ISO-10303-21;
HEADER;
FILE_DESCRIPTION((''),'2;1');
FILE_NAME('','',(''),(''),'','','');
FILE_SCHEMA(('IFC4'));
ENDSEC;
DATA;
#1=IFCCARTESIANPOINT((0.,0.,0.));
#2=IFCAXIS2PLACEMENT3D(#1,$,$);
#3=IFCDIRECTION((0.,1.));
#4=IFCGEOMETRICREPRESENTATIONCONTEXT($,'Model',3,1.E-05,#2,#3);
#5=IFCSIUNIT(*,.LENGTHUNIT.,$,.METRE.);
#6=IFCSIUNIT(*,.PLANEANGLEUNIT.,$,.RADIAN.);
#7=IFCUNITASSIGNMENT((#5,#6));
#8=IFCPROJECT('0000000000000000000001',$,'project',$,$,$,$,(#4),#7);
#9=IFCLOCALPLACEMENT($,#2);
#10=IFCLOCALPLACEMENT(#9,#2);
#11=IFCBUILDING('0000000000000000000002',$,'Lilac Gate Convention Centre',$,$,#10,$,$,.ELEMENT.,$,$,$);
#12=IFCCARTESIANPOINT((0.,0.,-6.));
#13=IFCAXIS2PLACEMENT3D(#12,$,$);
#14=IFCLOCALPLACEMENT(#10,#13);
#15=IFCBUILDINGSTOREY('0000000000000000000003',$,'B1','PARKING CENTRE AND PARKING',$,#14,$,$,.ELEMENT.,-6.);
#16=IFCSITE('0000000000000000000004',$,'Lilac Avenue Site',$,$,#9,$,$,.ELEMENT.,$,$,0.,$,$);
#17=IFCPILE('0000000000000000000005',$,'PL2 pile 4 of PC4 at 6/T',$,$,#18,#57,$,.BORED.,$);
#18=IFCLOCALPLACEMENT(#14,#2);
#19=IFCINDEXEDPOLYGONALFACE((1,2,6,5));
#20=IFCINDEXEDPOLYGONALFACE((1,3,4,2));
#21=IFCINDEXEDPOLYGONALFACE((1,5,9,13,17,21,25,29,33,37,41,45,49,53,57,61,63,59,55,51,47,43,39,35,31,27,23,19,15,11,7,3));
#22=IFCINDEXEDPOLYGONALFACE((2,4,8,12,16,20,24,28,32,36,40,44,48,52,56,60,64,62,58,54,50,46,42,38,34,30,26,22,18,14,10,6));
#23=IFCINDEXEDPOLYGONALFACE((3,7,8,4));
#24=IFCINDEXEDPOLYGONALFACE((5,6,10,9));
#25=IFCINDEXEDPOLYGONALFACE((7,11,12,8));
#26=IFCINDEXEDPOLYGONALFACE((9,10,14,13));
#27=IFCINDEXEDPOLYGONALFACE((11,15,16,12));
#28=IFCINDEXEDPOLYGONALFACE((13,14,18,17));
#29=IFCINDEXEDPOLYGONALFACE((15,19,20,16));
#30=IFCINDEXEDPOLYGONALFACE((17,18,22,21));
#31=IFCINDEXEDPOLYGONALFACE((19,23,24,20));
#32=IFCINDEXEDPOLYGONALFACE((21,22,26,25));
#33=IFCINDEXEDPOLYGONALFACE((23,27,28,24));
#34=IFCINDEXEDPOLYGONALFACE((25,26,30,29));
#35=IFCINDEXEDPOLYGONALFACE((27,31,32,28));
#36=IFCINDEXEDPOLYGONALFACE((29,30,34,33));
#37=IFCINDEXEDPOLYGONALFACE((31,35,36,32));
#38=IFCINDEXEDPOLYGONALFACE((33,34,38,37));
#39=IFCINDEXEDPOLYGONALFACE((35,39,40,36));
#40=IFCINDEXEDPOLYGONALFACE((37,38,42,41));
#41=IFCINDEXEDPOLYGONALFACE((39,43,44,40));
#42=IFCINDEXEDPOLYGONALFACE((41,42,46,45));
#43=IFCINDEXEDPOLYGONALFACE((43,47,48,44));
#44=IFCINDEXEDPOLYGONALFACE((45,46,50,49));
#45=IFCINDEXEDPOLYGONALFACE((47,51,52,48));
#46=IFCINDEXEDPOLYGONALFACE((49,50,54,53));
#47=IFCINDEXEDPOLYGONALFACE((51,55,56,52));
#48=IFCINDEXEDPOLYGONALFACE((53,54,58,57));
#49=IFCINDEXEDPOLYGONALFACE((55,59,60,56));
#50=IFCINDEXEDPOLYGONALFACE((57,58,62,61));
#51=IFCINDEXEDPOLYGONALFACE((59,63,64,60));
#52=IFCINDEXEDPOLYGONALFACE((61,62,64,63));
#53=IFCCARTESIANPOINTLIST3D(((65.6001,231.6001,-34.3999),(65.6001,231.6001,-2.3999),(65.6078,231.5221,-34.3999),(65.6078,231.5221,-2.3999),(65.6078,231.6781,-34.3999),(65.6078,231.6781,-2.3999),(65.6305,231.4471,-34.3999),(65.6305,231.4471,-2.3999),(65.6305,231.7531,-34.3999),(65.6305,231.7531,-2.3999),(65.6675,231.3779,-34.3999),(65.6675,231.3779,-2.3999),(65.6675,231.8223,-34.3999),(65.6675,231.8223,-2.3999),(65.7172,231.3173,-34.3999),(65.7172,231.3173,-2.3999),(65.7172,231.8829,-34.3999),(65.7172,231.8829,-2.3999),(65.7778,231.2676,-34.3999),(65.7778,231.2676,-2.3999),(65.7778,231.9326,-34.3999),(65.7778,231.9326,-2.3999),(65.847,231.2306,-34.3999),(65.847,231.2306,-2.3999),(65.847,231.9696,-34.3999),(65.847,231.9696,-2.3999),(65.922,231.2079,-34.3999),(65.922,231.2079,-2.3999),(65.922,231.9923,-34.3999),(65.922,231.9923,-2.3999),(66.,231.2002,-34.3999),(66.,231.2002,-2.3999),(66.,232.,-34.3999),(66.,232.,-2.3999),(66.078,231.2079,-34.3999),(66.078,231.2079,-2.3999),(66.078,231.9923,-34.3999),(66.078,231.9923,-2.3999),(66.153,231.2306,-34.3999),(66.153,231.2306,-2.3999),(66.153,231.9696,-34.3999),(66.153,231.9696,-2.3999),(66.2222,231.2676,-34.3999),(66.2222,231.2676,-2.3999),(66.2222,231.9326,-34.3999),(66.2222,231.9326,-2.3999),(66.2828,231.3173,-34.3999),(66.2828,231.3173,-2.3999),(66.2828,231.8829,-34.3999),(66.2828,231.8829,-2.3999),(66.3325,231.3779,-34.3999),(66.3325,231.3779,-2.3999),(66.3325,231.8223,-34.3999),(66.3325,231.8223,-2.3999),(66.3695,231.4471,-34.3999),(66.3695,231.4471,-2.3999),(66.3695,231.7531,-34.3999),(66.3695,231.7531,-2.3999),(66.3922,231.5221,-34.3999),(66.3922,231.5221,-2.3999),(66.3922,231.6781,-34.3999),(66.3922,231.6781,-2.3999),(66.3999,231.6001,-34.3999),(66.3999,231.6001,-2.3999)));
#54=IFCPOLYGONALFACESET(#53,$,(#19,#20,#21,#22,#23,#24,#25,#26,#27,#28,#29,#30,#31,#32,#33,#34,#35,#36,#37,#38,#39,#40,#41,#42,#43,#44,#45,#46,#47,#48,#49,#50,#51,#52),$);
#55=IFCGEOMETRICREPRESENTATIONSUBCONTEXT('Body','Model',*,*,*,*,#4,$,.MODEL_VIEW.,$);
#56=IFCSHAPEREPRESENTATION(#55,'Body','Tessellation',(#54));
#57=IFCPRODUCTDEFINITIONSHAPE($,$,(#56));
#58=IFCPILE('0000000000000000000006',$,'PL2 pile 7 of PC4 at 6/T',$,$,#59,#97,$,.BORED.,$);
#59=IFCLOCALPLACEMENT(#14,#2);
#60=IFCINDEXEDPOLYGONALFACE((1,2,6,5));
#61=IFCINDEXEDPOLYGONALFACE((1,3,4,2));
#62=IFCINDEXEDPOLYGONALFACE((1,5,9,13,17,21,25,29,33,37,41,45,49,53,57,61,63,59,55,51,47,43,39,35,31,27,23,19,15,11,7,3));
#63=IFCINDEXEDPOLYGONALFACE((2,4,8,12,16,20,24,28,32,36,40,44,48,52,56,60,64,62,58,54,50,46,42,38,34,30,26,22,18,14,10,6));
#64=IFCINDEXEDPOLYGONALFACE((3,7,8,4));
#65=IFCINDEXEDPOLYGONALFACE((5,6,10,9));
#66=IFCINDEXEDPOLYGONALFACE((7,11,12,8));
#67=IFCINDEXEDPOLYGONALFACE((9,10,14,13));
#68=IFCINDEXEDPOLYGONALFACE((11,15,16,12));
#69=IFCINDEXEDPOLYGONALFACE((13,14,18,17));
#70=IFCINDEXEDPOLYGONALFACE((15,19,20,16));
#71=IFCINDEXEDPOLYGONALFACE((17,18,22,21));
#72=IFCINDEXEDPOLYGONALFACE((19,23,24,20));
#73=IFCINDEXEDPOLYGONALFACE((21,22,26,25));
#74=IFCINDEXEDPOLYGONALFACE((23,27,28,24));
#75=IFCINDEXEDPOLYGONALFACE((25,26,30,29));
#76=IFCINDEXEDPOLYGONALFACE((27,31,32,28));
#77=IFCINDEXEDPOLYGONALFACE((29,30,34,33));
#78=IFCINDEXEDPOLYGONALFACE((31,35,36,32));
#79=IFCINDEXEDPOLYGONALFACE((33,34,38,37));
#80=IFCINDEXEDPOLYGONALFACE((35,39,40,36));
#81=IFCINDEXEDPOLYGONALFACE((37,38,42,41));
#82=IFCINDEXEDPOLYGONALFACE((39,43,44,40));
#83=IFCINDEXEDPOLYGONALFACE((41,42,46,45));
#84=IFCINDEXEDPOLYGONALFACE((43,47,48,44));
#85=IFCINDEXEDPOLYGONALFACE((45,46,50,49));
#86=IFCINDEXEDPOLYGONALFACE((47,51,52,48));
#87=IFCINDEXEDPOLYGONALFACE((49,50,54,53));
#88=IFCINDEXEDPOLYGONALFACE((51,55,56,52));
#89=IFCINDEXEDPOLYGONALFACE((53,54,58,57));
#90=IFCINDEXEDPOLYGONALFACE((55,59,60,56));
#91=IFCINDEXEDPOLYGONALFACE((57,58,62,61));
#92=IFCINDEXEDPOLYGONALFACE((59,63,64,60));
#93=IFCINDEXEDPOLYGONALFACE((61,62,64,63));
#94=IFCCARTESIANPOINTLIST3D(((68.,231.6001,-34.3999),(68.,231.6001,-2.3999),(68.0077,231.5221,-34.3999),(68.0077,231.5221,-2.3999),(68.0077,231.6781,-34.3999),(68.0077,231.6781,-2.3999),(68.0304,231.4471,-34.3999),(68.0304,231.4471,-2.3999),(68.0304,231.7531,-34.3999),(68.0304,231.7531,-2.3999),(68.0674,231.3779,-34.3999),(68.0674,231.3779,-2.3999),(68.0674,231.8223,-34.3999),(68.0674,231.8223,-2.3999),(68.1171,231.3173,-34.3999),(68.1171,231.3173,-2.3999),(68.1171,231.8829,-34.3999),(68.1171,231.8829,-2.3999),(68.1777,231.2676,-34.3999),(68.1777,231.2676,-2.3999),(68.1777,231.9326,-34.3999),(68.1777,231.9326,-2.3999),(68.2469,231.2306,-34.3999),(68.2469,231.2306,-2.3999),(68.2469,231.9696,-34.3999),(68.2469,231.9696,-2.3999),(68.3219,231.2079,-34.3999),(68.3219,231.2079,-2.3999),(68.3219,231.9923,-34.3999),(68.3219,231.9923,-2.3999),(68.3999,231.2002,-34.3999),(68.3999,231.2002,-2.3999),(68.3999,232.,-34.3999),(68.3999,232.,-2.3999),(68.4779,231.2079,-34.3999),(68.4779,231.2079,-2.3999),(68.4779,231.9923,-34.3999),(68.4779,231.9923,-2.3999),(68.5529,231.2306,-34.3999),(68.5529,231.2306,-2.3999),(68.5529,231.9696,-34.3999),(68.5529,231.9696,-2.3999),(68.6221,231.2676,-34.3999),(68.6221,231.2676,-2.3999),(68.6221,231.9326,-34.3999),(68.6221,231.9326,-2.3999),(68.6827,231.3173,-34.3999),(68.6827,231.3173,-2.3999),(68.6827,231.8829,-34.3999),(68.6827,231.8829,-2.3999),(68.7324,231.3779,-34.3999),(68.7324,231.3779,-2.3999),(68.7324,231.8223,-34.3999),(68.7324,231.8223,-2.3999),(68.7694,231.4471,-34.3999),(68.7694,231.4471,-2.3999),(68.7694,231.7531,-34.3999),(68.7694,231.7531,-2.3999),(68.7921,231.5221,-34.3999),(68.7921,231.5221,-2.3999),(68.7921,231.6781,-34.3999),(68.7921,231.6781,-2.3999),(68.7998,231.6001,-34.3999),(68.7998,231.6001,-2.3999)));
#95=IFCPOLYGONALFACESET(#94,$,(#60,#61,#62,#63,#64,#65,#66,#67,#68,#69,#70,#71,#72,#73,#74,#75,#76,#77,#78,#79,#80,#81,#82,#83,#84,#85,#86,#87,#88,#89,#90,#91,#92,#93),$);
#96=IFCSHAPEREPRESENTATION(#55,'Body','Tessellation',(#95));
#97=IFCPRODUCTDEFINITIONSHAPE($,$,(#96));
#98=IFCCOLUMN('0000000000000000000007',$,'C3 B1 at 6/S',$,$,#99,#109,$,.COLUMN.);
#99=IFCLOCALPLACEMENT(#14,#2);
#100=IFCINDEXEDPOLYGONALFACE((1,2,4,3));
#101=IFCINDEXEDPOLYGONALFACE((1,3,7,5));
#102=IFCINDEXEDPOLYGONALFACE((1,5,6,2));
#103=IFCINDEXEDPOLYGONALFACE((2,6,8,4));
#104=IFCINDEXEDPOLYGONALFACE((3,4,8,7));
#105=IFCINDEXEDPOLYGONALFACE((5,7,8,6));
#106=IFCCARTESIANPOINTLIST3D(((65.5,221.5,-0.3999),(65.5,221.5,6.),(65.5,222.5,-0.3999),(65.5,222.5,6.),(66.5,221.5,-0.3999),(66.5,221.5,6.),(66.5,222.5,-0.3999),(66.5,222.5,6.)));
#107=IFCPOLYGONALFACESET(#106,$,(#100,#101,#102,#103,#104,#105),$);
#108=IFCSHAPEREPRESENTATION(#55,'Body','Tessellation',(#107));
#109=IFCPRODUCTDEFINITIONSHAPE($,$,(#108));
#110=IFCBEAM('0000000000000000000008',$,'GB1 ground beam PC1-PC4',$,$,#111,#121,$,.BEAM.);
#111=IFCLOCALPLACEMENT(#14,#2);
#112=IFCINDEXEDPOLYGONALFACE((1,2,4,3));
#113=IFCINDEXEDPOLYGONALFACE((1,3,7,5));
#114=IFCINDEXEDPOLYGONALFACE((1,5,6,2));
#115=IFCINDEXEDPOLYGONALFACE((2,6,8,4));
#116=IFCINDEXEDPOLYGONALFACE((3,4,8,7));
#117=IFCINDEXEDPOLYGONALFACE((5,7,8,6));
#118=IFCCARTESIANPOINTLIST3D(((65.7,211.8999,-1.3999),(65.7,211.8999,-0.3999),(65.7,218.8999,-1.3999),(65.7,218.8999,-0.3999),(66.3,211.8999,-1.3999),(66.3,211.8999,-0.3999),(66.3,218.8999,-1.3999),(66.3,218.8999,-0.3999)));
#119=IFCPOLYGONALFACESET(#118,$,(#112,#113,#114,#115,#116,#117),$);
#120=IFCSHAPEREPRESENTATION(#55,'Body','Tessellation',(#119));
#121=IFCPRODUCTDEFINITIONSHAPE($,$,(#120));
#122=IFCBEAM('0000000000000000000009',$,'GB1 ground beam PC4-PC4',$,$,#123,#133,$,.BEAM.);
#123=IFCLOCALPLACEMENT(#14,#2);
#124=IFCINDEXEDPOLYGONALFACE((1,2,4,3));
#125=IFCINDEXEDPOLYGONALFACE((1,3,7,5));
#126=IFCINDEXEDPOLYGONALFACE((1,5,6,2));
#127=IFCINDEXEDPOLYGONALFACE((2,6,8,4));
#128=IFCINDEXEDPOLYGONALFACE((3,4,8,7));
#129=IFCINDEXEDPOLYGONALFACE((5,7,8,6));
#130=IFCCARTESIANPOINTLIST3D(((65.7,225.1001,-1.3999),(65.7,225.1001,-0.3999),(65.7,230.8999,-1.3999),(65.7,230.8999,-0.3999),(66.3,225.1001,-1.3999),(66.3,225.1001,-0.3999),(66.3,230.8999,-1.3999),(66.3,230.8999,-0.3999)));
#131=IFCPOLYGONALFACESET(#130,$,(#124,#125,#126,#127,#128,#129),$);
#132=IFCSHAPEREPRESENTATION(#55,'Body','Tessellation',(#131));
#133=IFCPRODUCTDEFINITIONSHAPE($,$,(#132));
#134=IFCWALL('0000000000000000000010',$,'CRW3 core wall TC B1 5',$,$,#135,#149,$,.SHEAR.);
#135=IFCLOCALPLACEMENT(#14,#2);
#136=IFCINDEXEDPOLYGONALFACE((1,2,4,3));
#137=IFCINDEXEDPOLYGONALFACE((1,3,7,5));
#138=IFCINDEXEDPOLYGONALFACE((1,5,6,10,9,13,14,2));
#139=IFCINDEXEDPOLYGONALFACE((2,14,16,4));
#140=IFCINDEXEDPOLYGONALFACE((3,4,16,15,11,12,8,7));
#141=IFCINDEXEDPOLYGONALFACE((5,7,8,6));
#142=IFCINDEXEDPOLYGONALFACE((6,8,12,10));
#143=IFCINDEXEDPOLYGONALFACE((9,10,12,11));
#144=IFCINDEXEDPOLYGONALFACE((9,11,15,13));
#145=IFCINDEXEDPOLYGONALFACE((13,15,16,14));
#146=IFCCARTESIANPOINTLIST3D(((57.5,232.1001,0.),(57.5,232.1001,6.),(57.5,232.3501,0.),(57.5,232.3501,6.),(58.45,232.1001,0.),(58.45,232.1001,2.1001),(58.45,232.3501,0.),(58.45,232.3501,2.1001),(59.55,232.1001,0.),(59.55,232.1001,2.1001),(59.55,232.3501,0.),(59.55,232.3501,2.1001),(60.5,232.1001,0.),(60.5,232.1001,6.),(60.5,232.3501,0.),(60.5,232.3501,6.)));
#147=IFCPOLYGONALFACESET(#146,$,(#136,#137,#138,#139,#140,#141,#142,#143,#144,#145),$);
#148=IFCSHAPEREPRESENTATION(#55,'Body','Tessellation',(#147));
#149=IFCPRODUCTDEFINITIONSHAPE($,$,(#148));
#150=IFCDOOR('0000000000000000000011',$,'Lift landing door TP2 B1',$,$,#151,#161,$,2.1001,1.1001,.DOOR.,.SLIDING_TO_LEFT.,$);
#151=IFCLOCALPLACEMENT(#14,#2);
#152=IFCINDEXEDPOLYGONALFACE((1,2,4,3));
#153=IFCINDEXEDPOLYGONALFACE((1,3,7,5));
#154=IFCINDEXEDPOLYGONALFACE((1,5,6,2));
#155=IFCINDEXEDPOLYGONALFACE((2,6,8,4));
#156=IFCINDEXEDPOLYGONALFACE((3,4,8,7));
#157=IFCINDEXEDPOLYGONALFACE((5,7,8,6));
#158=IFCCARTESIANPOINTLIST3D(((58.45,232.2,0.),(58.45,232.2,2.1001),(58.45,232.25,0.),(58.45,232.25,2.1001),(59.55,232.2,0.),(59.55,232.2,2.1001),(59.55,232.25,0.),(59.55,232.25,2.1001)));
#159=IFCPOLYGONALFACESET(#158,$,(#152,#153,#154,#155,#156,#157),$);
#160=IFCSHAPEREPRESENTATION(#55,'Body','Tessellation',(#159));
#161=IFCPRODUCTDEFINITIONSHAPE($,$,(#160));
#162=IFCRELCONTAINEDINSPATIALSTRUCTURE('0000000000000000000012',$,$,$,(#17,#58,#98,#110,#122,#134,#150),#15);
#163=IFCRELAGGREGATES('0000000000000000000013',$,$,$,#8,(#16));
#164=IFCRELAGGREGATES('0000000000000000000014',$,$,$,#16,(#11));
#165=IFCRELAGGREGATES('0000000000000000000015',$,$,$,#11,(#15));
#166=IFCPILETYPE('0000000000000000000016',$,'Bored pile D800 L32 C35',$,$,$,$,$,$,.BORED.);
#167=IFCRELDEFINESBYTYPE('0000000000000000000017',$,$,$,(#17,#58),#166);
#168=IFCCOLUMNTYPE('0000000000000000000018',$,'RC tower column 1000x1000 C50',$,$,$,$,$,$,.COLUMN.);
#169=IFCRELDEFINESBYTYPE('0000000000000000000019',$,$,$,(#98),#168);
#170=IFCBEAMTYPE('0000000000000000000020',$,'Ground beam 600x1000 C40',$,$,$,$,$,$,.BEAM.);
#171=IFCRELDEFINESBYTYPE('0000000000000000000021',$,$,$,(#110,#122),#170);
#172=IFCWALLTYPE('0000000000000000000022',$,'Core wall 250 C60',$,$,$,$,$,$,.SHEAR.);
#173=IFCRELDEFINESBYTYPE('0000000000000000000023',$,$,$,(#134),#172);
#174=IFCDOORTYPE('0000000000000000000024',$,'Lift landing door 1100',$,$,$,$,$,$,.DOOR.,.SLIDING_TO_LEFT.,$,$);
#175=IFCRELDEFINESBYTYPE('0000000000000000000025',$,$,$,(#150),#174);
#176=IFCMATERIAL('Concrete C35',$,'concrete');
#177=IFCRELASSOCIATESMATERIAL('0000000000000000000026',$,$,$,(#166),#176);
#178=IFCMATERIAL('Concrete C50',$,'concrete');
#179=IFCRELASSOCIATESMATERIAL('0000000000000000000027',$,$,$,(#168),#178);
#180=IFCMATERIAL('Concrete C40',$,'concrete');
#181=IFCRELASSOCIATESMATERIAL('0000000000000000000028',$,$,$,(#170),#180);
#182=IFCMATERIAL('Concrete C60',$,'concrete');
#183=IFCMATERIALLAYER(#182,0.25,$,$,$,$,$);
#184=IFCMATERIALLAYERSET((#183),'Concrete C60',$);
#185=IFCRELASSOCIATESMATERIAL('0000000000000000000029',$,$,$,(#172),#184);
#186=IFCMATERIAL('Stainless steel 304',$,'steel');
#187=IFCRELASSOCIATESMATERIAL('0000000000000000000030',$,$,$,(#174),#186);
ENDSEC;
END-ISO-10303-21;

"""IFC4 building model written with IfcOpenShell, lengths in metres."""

from ifc_helpers import new_model, si_unit, direction, frame, frame_2d, origin, origin_2d, place, context, subcontext, project, spatial, rectangle, circle, extrude, material, layer, layer_set, material_profile, profile_set, type_object, element, fill, save


model = new_model("IFC4")

# Units and contexts
model_context = context("Model", 3, precision=1e-05, world=origin(), true_north=direction((0.0, 1.0)))
body_context = subcontext(model_context, "Body", "Model", "MODEL_VIEW")
ifc_project = project(units=[si_unit("LENGTHUNIT", "METRE"), si_unit("PLANEANGLEUNIT", "RADIAN")], contexts=[model_context])

# Site, building, storey
site_placement = place(None, origin())
site = spatial("IfcSite", under=ifc_project, at=site_placement, Name="Lilac Avenue Site", CompositionType="ELEMENT", RefElevation=0.0)
building_placement = place(site_placement, origin())
building = spatial("IfcBuilding", under=site, at=building_placement, Name="Lilac Gate Convention Centre", CompositionType="ELEMENT")
storey_placement = place(building_placement, frame((0.0, 0.0, -6.0)))
storey = spatial("IfcBuildingStorey", under=building, at=storey_placement, Name="B1", Description="PARKING CENTRE AND PARKING", CompositionType="ELEMENT", Elevation=-6.0)

# Piles
ifc_material_1 = material(Name="Concrete C35", Category="concrete")
ifc_material_profile_1 = material_profile(ifc_material_1, circle(Radius=0.3999, at=origin_2d()), Name="D800")
ifc_profile_set_1 = profile_set([ifc_material_profile_1], Name="Concrete C35")
pile_type = type_object("IfcPileType", Name="Bored pile D800 L32 C35", PredefinedType="BORED", material=ifc_profile_set_1)
for number, where, z_axis, x_axis, name in (
    (1, (66.0, 231.6001, -2.3999), (0.0, 0.0, -1.0), (1.0, 0.0, 0.0), "PL2 pile 4 of PC4 at 6/T"),
    (2, (68.3999, 231.6001, -2.3999), (0.0, 0.0, -1.0), (1.0, 0.0, 0.0), "PL2 pile 7 of PC4 at 6/T"),
):
    element("IfcPile", number, at=place(storey_placement, frame(where, z_axis=z_axis, x_axis=x_axis)), inside=storey, type_object=pile_type, Name=name, PredefinedType="BORED", context=body_context, shape_type="SweptSolid", body=[
        extrude(circle(Radius=0.3999, at=origin_2d()), origin(), (0.0, 0.0, 1.0), 32.0),
    ])

# Column
ifc_material_2 = material(Name="Concrete C50", Category="concrete")
ifc_material_profile_2 = material_profile(ifc_material_2, rectangle(XDim=1.0, YDim=1.0, at=origin_2d()), Name="RC 1000x1000")
ifc_profile_set_2 = profile_set([ifc_material_profile_2], Name="Concrete C50")
column_type = type_object("IfcColumnType", Name="RC tower column 1000x1000 C50", PredefinedType="COLUMN", material=ifc_profile_set_2)
column_placement = place(storey_placement, frame((66.0, 222.0, -0.3999), z_axis=(0.0, 0.0, 1.0), x_axis=(1.0, 0.0, 0.0)))
element("IfcColumn", 3, at=column_placement, inside=storey, type_object=column_type, Name="C3 B1 at 6/S", PredefinedType="COLUMN", context=body_context, shape_type="SweptSolid", body=[
    extrude(rectangle(XDim=1.0, YDim=1.0, at=origin_2d()), origin(), (0.0, 0.0, 1.0), 6.3999),
])

# Beams
ifc_material_3 = material(Name="Concrete C40", Category="concrete")
ifc_material_profile_3 = material_profile(ifc_material_3, rectangle(XDim=0.6001, YDim=1.0, at=origin_2d()), Name="RC 600x1000")
ifc_profile_set_3 = profile_set([ifc_material_profile_3], Name="Concrete C40")
beam_type = type_object("IfcBeamType", Name="Ground beam 600x1000 C40", PredefinedType="BEAM", material=ifc_profile_set_3)
beam_1_placement = place(storey_placement, frame((66.0, 211.8999, -0.8999), z_axis=(0.0, 1.0, 0.0), x_axis=(-1.0, 0.0, 0.0)))
element("IfcBeam", 4, at=beam_1_placement, inside=storey, type_object=beam_type, Name="GB1 ground beam PC1-PC4", PredefinedType="BEAM", context=body_context, shape_type="SweptSolid", body=[
    extrude(rectangle(XDim=0.6001, YDim=1.0, at=origin_2d()), origin(), (0.0, 0.0, 1.0), 7.0),
])
beam_2_placement = place(storey_placement, frame((66.0, 225.1001, -0.8999), z_axis=(0.0, 1.0, 0.0), x_axis=(-1.0, 0.0, 0.0)))
element("IfcBeam", 5, at=beam_2_placement, inside=storey, type_object=beam_type, Name="GB1 ground beam PC4-PC4", PredefinedType="BEAM", context=body_context, shape_type="SweptSolid", body=[
    extrude(rectangle(XDim=0.6001, YDim=1.0, at=origin_2d()), origin(), (0.0, 0.0, 1.0), 5.7998),
])

# Wall, opening, door
ifc_material_4 = material(Name="Concrete C60", Category="concrete")
ifc_layer_1 = layer(ifc_material_4, 0.25)
ifc_layer_set_1 = layer_set([ifc_layer_1], Name="Concrete C60")
wall_type_1 = type_object("IfcWallType", Name="Core wall 250 C60", PredefinedType="SHEAR", material=ifc_layer_set_1)
wall_1_placement = place(storey_placement, frame((57.5, 232.2251, 0.0), z_axis=(0.0, 0.0, 1.0), x_axis=(1.0, 0.0, 0.0)))
wall_1 = element("IfcWall", 6, at=wall_1_placement, inside=storey, type_object=wall_type_1, Name="CRW3 core wall TC B1 5", PredefinedType="SHEAR", context=body_context, shape_type="SweptSolid", body=[
    extrude(rectangle(XDim=3.0, YDim=0.25, at=frame_2d((1.5, 0.0))), origin(), (0.0, 0.0, 1.0), 6.0),
])
opening_1_placement = place(wall_1_placement, frame((0.95, 0.0, 0.0)))
opening_1 = element("IfcOpeningElement", 7, at=opening_1_placement, cuts=wall_1, PredefinedType="OPENING", context=body_context, shape_type="SweptSolid", body=[
    extrude(rectangle(XDim=1.1001, YDim=2.1001, at=frame_2d((0.55, 1.05))), frame((0.0, 0.135, 0.0), z_axis=(0.0, -1.0, 0.0), x_axis=(1.0, 0.0, 0.0)), (0.0, 0.0, 1.0), 0.27),
])
ifc_material_5 = material(Name="Stainless steel 304", Category="steel")
door_type_1 = type_object("IfcDoorType", Name="Lift landing door 1100", OperationType="SLIDING_TO_LEFT", PredefinedType="DOOR", material=ifc_material_5)
door_1_placement = place(opening_1_placement, origin())
door_1 = element("IfcDoor", 8, at=door_1_placement, inside=storey, type_object=door_type_1, Name="Lift landing door TP2 B1", OperationType="SLIDING_TO_LEFT", OverallHeight=2.1001, OverallWidth=1.1001, PredefinedType="DOOR", context=body_context, shape_type="SweptSolid", body=[
    extrude(rectangle(XDim=1.1001, YDim=2.1001, at=frame_2d((0.55, 1.05))), frame((0.0, 0.0249, 0.0), z_axis=(0.0, -1.0, 0.0), x_axis=(1.0, 0.0, 0.0)), (0.0, 0.0, 1.0), 0.05),
])
fill(opening_1, door_1)

save(model, "model.ifc")
